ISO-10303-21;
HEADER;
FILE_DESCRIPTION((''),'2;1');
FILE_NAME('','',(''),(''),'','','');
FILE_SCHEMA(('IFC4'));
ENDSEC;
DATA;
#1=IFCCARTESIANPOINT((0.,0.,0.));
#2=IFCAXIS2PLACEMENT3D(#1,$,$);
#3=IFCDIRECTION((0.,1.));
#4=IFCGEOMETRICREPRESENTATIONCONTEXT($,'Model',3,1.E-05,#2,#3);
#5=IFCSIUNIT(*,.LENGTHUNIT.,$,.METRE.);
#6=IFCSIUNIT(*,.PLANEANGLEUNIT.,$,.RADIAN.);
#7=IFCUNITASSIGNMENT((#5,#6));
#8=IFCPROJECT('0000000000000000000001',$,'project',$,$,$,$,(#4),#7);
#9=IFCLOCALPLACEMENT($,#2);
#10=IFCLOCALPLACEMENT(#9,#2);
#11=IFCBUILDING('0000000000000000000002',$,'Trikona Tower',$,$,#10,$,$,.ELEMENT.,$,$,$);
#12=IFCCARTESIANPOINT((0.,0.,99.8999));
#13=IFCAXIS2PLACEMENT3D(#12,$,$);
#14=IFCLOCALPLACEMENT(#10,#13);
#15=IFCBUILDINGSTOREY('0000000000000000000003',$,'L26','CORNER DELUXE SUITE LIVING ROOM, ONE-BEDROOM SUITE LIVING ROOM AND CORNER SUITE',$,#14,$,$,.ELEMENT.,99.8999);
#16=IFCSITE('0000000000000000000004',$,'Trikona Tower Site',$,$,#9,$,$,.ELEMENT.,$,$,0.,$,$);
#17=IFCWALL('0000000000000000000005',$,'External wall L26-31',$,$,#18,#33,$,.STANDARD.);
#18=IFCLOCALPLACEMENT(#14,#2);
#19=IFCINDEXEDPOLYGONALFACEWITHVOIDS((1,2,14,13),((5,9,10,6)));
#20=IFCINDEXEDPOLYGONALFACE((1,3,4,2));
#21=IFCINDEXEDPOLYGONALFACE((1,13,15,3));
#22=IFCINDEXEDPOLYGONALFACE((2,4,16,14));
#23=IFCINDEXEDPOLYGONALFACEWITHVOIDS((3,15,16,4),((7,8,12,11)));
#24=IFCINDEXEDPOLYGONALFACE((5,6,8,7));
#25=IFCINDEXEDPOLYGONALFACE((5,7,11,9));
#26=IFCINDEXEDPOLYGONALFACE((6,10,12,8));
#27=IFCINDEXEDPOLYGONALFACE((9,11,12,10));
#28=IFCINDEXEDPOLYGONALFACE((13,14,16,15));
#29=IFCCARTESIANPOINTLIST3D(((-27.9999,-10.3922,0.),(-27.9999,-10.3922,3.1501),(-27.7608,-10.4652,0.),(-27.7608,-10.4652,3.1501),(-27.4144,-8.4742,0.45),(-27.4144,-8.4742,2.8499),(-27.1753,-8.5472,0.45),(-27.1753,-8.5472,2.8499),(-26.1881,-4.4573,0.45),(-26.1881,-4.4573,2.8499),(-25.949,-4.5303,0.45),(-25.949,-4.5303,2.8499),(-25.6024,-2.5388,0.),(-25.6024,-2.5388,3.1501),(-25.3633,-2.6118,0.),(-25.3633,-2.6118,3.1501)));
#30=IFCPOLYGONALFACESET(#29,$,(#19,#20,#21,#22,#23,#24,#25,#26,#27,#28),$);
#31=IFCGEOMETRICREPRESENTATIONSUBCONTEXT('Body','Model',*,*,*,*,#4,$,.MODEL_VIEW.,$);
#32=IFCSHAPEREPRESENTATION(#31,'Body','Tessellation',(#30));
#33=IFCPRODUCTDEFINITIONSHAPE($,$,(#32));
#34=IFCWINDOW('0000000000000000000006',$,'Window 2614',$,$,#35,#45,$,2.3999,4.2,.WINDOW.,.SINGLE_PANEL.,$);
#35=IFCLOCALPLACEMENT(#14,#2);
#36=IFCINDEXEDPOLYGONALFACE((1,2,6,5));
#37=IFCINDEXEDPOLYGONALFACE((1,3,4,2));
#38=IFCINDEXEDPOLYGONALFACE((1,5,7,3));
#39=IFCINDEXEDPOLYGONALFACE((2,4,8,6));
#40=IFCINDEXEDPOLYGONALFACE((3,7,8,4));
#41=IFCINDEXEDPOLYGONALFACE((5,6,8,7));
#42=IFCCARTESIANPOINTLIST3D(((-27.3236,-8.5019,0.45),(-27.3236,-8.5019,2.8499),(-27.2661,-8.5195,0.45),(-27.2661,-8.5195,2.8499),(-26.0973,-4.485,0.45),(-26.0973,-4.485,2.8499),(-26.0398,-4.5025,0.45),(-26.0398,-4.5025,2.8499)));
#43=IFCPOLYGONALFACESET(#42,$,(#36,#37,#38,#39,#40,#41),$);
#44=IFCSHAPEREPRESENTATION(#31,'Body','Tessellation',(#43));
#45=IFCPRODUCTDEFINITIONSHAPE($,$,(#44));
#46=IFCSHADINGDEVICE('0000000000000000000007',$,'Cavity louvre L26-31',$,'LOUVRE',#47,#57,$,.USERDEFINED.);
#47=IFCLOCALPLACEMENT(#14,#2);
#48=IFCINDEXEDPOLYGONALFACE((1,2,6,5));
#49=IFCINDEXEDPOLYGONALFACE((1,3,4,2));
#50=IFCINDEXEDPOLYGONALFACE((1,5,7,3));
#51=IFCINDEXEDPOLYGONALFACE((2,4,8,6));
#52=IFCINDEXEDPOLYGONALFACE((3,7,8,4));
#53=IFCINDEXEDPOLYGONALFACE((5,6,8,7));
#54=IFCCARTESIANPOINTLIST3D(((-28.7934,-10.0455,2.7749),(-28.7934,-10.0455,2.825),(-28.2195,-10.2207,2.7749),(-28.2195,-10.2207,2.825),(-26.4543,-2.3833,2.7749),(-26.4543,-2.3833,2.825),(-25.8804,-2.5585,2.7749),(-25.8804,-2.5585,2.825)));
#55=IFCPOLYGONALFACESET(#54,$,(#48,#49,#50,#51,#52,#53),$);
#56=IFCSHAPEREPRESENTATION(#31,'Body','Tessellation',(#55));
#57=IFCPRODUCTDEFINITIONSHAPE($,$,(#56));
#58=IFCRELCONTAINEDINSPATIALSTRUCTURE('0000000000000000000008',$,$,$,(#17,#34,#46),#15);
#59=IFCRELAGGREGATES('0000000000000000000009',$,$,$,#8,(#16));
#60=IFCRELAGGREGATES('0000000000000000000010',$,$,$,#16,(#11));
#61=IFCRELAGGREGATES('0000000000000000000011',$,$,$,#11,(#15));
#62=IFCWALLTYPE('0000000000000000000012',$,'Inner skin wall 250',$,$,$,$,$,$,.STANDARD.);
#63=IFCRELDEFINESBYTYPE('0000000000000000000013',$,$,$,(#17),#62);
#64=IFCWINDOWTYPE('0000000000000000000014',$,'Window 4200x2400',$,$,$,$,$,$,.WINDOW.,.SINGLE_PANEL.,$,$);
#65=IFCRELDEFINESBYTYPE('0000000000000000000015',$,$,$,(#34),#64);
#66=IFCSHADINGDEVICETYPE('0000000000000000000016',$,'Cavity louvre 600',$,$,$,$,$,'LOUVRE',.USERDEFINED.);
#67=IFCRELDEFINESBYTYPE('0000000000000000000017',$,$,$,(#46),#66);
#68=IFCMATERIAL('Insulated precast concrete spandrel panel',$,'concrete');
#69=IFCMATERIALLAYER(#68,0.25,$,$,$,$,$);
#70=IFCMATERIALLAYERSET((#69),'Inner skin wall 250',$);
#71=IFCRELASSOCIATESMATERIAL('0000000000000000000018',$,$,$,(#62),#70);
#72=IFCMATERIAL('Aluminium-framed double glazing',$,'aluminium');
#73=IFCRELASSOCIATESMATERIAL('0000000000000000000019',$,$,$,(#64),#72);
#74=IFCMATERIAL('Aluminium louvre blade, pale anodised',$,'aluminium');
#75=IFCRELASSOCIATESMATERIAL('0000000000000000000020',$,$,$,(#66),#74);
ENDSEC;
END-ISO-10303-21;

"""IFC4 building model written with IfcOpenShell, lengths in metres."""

from ifc_helpers import new_model, si_unit, direction, frame, frame_2d, origin, origin_2d, place, context, subcontext, project, spatial, rectangle, extrude, material, layer, layer_set, type_object, element, fill, save


model = new_model("IFC4")

# Units and contexts
model_context = context("Model", 3, precision=1e-05, world=origin(), true_north=direction((0.0, 1.0)))
body_context = subcontext(model_context, "Body", "Model", "MODEL_VIEW")
ifc_project = project(units=[si_unit("LENGTHUNIT", "METRE"), si_unit("PLANEANGLEUNIT", "RADIAN")], contexts=[model_context])

# Site, building, storey
site_placement = place(None, origin())
site = spatial("IfcSite", under=ifc_project, at=site_placement, Name="Trikona Tower Site", CompositionType="ELEMENT", RefElevation=0.0)
building_placement = place(site_placement, origin())
building = spatial("IfcBuilding", under=site, at=building_placement, Name="Trikona Tower", CompositionType="ELEMENT")
storey_placement = place(building_placement, frame((0.0, 0.0, 99.8999)))
storey = spatial("IfcBuildingStorey", under=building, at=storey_placement, Name="L26", Description="CORNER DELUXE SUITE LIVING ROOM, ONE-BEDROOM SUITE LIVING ROOM AND CORNER SUITE", CompositionType="ELEMENT", Elevation=99.8999)

# Wall, opening, window
ifc_material_1 = material(Name="Insulated precast concrete spandrel panel", Category="concrete")
ifc_layer_1 = layer(ifc_material_1, 0.25)
ifc_layer_set_1 = layer_set([ifc_layer_1], Name="Inner skin wall 250")
wall_type_1 = type_object("IfcWallType", Name="Inner skin wall 250", PredefinedType="STANDARD", material=ifc_layer_set_1)
wall_1_placement = place(storey_placement, frame((-25.4829, -2.5754, 0.0), z_axis=(0.0, 0.0, 1.0), x_axis=(-0.291979, -0.956425, 0.0)))
wall_1 = element("IfcWall", 1, at=wall_1_placement, inside=storey, type_object=wall_type_1, Name="External wall L26-31", PredefinedType="STANDARD", context=body_context, shape_type="SweptSolid", body=[
    extrude(rectangle(XDim=8.2112, YDim=0.25, at=frame_2d((4.1055, 0.0))), origin(), (0.0, 0.0, 1.0), 3.1501),
])
opening_1_placement = place(wall_1_placement, frame((2.0056, 0.0, 0.45)))
opening_1 = element("IfcOpeningElement", 2, at=opening_1_placement, cuts=wall_1, PredefinedType="OPENING", context=body_context, shape_type="SweptSolid", body=[
    extrude(rectangle(XDim=4.2, YDim=2.3999, at=frame_2d((2.1001, 1.2))), frame((0.0, 0.135, 0.0), z_axis=(0.0, -1.0, 0.0), x_axis=(1.0, 0.0, 0.0)), (0.0, 0.0, 1.0), 0.27),
])
ifc_material_2 = material(Name="Aluminium-framed double glazing", Category="aluminium")
window_type_1 = type_object("IfcWindowType", Name="Window 4200x2400", PartitioningType="SINGLE_PANEL", PredefinedType="WINDOW", material=ifc_material_2)
window_1_placement = place(opening_1_placement, origin())
window_1 = element("IfcWindow", 3, at=window_1_placement, inside=storey, type_object=window_type_1, Name="Window 2614", OverallHeight=2.3999, OverallWidth=4.2, PartitioningType="SINGLE_PANEL", PredefinedType="WINDOW", context=body_context, shape_type="SweptSolid", body=[
    extrude(rectangle(XDim=4.2, YDim=2.3999, at=frame_2d((2.1001, 1.2))), frame((0.0, 0.03, 0.0), z_axis=(0.0, -1.0, 0.0), x_axis=(1.0, 0.0, 0.0)), (0.0, 0.0, 1.0), 0.0601),
])
fill(opening_1, window_1)

# Shading device
ifc_material_3 = material(Name="Aluminium louvre blade, pale anodised", Category="aluminium")
shading_device_type = type_object("IfcShadingDeviceType", Name="Cavity louvre 600", ElementType="LOUVRE", PredefinedType="USERDEFINED", material=ifc_material_3)
shading_device_placement = place(storey_placement, frame((-27.3369, -6.302, 2.7749), z_axis=(0.0, 0.0, 1.0), x_axis=(-0.291979, -0.956425, 0.0)))
element("IfcShadingDevice", 4, at=shading_device_placement, inside=storey, type_object=shading_device_type, Name="Cavity louvre L26-31", ObjectType="LOUVRE", PredefinedType="USERDEFINED", context=body_context, shape_type="SweptSolid", body=[
    extrude(rectangle(XDim=8.0112, YDim=0.6001, at=origin_2d()), origin(), (0.0, 0.0, 1.0), 0.05),
])

save(model, "model.ifc")
